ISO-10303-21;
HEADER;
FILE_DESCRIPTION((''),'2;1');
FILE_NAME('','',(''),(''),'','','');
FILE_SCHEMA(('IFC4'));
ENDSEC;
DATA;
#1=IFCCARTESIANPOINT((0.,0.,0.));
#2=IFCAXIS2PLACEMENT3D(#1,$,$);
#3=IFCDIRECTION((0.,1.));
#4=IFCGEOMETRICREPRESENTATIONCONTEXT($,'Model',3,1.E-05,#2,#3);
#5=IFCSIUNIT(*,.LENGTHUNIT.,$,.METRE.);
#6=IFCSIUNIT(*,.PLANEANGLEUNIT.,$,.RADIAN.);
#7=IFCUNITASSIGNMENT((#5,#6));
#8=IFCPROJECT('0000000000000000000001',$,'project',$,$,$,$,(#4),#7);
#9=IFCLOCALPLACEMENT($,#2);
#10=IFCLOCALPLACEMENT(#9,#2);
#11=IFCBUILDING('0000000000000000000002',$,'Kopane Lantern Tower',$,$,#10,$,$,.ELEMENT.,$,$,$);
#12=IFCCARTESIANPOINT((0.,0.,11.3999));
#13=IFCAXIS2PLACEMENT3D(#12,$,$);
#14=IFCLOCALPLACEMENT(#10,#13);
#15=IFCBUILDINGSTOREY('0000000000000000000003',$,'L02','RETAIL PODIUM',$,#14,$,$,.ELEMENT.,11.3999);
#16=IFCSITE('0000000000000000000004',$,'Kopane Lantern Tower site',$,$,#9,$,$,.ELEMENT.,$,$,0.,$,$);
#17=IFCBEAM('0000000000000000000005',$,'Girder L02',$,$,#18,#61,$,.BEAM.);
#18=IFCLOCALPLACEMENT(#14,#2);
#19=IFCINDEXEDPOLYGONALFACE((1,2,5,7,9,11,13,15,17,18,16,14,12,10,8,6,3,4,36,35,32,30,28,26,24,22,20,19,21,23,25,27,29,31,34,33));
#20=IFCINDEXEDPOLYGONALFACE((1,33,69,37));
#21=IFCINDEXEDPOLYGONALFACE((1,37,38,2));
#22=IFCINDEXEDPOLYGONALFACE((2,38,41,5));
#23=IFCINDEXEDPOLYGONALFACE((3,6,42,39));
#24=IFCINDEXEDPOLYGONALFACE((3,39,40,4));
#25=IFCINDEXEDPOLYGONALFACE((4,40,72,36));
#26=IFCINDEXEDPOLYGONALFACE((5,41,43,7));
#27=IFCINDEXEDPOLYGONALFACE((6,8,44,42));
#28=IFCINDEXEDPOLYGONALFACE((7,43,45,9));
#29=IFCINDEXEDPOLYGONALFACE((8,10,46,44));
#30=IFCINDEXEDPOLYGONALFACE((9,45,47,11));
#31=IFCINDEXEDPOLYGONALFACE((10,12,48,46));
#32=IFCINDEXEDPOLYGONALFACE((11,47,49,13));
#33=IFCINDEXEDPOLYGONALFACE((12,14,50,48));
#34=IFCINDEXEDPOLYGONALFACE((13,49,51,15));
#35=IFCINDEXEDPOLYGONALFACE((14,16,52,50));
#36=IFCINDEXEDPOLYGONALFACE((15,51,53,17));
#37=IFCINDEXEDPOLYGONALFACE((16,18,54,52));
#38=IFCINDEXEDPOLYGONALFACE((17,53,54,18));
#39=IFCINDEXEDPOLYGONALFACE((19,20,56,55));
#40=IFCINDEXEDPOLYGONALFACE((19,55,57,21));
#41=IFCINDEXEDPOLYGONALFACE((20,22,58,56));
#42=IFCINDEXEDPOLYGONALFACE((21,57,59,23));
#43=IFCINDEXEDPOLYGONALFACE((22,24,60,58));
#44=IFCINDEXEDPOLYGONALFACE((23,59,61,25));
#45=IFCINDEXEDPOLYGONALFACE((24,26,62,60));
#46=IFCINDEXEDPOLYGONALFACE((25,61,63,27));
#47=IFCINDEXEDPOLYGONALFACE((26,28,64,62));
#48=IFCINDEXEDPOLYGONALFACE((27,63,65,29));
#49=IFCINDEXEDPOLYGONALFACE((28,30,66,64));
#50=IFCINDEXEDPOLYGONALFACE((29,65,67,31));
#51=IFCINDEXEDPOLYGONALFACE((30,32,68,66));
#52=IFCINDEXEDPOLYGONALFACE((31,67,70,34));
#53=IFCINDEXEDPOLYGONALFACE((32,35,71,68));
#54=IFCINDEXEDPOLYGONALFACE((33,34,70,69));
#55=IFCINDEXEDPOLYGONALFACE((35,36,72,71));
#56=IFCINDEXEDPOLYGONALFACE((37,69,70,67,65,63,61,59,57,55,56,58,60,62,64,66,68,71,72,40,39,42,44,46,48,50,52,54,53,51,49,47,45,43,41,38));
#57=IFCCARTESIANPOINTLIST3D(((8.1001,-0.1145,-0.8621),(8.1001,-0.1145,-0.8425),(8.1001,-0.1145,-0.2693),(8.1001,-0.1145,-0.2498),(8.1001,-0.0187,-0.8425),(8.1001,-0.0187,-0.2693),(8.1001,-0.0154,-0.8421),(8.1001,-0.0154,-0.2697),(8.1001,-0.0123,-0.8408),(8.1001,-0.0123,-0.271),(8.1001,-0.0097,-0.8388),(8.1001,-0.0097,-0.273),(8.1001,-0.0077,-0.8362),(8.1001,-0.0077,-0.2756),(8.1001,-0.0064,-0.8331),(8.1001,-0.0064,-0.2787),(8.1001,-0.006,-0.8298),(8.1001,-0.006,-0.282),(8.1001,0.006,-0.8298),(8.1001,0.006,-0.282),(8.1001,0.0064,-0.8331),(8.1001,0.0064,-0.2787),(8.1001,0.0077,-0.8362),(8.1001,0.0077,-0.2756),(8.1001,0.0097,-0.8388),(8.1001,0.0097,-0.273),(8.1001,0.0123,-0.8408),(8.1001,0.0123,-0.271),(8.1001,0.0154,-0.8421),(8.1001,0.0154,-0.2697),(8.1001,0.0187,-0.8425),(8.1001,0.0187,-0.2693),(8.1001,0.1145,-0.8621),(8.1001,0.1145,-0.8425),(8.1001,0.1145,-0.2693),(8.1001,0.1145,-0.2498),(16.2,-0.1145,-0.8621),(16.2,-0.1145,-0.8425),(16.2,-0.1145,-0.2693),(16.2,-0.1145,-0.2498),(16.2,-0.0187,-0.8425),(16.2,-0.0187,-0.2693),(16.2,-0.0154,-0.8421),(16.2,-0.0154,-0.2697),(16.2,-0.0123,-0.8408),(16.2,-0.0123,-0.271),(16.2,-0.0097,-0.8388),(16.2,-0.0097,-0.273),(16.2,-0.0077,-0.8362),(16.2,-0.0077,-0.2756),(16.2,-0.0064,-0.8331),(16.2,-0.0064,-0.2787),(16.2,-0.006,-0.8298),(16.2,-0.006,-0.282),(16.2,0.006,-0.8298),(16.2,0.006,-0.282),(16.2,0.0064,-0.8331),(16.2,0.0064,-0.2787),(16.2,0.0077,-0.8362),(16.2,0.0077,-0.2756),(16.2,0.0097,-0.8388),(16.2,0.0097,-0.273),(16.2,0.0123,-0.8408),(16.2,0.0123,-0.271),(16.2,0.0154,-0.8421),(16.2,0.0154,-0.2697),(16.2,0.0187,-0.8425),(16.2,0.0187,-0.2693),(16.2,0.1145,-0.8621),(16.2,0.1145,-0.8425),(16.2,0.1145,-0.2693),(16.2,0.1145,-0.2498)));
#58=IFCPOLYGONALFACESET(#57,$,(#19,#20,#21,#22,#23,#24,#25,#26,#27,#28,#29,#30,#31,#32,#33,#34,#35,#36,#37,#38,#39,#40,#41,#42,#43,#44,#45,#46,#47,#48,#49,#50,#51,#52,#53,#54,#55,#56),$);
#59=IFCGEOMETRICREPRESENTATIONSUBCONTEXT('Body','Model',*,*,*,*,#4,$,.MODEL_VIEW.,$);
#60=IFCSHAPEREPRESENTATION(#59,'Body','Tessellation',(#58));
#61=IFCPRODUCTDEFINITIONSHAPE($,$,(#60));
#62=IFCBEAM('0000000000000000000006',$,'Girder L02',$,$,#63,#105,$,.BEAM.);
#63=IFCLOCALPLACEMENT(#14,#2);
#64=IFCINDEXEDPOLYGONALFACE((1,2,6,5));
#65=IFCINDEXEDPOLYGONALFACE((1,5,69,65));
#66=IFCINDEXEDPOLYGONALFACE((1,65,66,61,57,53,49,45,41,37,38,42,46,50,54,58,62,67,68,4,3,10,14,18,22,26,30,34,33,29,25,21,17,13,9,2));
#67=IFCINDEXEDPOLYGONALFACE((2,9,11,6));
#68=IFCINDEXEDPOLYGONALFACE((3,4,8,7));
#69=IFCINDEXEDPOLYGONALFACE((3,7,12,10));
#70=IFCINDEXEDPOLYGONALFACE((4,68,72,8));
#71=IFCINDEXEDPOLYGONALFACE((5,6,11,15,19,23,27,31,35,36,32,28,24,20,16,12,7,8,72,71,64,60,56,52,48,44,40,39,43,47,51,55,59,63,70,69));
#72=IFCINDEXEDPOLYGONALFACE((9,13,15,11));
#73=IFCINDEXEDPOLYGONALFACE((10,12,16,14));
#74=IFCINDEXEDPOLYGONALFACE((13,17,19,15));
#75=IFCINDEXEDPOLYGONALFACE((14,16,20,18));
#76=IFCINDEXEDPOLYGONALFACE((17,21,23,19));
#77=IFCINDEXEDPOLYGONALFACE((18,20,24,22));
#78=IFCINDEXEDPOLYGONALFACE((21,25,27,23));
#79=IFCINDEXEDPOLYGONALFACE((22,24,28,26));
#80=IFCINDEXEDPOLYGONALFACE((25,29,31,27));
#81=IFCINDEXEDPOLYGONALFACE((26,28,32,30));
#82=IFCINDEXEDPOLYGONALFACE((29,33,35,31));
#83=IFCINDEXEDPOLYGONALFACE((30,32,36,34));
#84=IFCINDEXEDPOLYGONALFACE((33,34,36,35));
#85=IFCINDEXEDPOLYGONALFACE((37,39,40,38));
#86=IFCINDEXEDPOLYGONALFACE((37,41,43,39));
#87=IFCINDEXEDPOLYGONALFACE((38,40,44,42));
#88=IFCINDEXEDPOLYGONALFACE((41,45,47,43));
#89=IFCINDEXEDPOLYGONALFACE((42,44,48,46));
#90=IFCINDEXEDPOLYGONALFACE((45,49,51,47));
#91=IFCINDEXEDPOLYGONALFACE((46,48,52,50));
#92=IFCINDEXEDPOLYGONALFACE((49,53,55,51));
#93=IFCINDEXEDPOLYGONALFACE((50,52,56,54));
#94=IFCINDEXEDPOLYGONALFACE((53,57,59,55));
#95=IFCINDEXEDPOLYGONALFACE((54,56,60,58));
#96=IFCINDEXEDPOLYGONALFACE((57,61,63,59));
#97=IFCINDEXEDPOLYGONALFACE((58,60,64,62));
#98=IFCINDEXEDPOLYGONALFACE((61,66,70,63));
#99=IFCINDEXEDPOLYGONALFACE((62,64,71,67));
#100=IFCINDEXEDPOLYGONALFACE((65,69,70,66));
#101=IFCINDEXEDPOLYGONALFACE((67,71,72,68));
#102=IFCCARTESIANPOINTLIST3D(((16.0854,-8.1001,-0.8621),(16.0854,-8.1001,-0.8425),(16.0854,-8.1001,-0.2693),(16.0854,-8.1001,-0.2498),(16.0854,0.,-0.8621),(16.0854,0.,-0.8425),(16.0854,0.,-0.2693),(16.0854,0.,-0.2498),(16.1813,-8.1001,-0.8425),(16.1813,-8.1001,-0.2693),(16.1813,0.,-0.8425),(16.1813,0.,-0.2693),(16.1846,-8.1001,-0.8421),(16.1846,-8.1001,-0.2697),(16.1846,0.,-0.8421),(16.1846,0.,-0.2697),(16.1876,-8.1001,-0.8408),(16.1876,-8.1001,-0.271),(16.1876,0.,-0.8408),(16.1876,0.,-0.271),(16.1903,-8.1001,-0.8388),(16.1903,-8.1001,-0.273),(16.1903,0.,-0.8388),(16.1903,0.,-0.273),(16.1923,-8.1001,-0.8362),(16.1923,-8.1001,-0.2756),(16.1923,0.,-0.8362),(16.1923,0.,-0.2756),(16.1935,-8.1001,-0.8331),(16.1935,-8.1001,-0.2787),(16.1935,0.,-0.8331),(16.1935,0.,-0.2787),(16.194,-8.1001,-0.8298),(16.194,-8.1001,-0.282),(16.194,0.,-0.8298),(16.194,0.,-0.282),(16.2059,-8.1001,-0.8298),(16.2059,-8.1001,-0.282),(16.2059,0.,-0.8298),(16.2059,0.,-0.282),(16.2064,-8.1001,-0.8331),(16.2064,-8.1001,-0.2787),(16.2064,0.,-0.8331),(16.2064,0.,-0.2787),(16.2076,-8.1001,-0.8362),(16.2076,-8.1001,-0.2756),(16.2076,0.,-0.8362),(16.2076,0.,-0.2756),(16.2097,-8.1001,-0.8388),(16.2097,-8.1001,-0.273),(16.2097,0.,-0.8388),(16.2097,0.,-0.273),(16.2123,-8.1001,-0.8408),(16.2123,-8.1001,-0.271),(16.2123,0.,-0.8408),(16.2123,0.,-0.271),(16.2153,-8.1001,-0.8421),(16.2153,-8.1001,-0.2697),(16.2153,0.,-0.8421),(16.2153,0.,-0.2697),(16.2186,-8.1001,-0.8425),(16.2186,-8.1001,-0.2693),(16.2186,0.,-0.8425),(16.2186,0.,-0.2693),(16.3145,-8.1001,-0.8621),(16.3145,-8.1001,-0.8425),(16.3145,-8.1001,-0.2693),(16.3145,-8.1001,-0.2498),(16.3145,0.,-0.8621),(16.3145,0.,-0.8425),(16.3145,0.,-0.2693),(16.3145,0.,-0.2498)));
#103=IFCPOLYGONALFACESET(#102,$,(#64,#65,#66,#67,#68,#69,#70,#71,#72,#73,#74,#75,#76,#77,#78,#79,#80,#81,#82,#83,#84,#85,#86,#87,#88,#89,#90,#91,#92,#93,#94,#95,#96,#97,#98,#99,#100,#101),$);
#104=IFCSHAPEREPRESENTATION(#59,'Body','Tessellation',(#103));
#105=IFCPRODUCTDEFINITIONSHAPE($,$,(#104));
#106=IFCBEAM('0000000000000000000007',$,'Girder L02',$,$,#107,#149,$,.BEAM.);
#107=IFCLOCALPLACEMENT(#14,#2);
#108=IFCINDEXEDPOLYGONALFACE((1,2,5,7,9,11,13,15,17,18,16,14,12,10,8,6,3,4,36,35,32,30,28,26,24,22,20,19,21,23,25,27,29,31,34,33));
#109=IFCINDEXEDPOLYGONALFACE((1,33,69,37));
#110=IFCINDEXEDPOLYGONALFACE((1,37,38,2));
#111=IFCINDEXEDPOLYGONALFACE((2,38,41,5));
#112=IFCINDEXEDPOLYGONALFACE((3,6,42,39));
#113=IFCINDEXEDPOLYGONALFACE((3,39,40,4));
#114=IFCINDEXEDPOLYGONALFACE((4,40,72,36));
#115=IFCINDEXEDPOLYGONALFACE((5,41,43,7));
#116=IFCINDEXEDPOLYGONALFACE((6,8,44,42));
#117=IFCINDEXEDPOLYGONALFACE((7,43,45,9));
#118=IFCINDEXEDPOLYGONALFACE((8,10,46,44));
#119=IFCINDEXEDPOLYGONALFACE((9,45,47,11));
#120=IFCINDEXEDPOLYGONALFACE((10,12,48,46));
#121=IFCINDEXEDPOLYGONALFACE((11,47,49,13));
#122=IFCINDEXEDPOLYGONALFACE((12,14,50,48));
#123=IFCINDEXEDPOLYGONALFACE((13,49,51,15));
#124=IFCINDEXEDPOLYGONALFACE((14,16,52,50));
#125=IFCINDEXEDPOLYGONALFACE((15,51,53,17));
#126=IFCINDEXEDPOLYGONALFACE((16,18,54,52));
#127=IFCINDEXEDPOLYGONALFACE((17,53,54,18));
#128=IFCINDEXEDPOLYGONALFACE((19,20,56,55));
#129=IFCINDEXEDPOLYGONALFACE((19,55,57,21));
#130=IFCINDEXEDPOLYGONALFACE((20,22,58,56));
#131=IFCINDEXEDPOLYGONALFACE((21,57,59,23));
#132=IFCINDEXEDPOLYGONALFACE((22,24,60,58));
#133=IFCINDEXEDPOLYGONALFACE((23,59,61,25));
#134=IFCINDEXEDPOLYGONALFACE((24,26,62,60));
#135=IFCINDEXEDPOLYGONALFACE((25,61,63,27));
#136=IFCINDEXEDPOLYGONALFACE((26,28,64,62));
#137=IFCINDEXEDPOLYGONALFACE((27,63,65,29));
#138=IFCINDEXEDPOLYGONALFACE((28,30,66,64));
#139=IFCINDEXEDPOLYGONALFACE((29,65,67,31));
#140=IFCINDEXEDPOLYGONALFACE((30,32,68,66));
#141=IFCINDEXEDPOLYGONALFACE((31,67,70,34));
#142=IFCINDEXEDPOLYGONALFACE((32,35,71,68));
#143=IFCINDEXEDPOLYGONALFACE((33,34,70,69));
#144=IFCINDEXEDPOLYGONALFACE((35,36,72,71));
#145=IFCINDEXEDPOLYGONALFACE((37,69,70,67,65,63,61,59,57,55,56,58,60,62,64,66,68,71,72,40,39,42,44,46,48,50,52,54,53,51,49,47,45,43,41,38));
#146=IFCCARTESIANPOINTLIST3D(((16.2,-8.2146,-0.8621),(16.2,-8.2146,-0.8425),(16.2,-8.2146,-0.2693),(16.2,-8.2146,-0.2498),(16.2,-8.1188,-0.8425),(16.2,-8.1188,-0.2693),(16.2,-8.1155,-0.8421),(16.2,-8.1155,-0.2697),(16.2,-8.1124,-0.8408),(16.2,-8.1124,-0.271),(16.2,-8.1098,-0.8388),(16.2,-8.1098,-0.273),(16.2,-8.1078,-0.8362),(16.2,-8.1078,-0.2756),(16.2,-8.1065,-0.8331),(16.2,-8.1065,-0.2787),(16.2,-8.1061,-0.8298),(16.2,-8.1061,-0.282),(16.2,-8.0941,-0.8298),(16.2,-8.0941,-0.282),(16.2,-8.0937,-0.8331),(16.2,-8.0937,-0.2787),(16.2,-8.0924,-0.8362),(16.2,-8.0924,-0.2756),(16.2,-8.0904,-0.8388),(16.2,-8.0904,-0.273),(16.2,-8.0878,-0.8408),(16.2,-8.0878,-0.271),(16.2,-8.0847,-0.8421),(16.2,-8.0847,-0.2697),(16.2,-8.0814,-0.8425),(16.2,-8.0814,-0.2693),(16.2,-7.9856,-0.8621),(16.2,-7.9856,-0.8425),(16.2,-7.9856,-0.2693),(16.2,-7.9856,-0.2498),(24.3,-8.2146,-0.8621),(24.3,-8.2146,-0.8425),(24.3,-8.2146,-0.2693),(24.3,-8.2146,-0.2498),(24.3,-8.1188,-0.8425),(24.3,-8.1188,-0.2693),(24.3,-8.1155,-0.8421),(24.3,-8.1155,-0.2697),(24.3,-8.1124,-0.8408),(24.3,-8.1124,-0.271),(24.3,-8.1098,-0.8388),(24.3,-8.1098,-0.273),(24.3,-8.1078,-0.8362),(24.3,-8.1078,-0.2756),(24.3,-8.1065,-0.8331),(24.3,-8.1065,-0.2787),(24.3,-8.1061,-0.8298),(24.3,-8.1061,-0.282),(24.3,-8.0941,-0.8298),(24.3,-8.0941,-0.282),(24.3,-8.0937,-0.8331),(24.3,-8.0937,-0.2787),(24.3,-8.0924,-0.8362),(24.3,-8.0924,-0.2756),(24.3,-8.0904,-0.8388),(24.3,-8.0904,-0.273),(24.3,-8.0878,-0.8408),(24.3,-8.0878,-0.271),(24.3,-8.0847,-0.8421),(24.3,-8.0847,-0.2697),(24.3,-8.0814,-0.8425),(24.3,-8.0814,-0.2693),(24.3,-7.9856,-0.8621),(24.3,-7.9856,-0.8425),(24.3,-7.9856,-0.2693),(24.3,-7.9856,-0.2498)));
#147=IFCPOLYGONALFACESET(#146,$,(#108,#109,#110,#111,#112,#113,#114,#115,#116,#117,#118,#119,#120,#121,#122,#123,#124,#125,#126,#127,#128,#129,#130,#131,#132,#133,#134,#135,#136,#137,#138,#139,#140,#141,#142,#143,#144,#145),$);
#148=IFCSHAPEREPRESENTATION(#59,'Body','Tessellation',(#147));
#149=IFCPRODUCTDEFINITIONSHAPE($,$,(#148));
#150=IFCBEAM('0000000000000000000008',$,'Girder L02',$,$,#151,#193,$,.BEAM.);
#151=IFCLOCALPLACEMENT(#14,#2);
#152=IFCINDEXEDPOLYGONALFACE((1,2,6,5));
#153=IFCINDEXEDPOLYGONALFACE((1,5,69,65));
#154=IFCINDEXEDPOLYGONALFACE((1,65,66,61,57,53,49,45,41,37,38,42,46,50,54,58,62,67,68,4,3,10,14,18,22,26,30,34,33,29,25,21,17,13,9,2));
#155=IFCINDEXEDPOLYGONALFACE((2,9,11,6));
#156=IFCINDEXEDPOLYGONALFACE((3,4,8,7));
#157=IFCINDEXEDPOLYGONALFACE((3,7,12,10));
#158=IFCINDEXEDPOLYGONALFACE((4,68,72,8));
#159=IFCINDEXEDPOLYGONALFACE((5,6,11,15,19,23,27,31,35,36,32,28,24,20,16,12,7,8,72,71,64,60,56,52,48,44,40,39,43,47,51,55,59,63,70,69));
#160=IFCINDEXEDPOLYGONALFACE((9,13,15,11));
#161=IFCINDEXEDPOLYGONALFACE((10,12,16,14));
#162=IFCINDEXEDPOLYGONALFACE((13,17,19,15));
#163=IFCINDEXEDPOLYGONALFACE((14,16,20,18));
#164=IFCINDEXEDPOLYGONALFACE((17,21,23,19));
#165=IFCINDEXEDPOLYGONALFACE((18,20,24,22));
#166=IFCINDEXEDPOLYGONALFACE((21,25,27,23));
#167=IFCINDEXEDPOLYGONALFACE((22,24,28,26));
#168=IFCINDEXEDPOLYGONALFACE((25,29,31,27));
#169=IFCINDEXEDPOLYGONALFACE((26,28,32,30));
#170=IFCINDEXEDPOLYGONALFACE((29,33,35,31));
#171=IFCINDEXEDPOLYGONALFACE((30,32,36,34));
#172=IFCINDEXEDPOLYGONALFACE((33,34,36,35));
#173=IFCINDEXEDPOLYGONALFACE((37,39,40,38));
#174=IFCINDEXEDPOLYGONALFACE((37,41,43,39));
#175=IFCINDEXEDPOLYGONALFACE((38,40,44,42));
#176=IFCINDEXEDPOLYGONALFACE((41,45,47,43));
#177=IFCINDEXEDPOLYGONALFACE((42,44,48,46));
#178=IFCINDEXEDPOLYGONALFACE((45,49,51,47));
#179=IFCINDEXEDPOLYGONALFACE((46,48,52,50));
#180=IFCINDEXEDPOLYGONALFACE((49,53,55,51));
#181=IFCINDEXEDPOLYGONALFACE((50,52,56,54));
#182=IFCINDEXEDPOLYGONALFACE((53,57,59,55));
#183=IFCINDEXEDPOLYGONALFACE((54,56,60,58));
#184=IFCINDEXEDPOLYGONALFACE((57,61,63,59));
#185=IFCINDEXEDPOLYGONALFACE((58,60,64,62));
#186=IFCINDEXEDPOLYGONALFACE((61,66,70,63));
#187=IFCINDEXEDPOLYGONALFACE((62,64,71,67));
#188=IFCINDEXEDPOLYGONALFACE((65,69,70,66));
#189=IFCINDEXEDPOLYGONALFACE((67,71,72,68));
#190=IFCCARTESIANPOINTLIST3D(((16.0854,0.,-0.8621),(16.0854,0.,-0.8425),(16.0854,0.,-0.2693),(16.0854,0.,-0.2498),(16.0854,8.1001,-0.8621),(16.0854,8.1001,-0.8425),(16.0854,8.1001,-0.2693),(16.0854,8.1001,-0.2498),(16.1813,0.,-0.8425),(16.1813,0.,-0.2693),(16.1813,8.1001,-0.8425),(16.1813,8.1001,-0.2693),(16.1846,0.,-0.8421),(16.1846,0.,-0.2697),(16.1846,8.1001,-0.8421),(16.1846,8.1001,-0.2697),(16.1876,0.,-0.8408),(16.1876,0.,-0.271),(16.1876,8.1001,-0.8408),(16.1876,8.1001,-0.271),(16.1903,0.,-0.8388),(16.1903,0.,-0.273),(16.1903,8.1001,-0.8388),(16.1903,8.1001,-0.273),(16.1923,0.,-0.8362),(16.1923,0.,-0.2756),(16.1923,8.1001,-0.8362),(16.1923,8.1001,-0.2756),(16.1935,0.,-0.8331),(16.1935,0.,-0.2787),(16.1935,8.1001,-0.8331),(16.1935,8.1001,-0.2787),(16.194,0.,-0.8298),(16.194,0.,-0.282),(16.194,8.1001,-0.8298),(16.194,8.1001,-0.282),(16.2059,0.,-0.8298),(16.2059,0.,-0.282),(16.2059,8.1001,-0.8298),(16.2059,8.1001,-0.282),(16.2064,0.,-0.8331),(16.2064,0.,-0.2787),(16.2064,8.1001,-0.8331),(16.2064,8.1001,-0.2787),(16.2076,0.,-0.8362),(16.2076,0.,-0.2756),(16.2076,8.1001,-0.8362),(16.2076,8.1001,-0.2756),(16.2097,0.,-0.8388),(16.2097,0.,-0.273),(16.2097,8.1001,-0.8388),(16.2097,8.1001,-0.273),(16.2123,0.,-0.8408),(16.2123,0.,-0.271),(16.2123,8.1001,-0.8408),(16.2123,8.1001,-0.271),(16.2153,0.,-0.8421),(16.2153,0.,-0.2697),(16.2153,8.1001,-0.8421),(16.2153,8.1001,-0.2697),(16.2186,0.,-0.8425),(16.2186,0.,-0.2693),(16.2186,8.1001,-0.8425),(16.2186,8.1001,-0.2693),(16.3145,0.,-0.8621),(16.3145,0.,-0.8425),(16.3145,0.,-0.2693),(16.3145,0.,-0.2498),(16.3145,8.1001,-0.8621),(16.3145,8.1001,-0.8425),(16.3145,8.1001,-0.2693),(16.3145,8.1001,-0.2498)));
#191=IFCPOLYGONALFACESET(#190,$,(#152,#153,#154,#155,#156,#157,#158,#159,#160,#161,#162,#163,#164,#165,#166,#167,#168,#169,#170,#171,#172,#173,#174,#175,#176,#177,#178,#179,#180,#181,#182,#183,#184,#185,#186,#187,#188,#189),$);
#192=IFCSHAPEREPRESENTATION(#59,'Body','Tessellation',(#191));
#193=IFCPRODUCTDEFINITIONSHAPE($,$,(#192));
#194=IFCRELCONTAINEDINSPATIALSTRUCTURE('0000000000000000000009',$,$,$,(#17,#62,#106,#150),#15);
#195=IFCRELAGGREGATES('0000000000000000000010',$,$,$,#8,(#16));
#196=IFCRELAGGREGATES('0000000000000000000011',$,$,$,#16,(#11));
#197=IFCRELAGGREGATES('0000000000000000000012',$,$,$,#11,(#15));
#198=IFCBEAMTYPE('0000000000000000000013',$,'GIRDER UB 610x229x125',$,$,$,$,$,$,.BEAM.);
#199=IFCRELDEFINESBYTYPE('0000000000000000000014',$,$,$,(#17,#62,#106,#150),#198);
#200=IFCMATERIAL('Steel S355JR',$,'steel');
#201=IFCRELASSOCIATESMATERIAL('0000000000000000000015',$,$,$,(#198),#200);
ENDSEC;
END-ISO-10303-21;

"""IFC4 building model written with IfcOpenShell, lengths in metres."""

from ifc_helpers import new_model, si_unit, direction, frame, origin, origin_2d, place, context, subcontext, project, spatial, i_section, extrude, material, material_profile, profile_set, type_object, element, save


model = new_model("IFC4")

# Units and contexts
model_context = context("Model", 3, precision=1e-05, world=origin(), true_north=direction((0.0, 1.0)))
body_context = subcontext(model_context, "Body", "Model", "MODEL_VIEW")
ifc_project = project(units=[si_unit("LENGTHUNIT", "METRE"), si_unit("PLANEANGLEUNIT", "RADIAN")], contexts=[model_context])

# Site, building, storey
site_placement = place(None, origin())
site = spatial("IfcSite", under=ifc_project, at=site_placement, Name="Kopane Lantern Tower site", CompositionType="ELEMENT", RefElevation=0.0)
building_placement = place(site_placement, origin())
building = spatial("IfcBuilding", under=site, at=building_placement, Name="Kopane Lantern Tower", CompositionType="ELEMENT")
storey_placement = place(building_placement, frame((0.0, 0.0, 11.3999)))
storey = spatial("IfcBuildingStorey", under=building, at=storey_placement, Name="L02", Description="RETAIL PODIUM", CompositionType="ELEMENT", Elevation=11.3999)

# Beams
ifc_material_1 = material(Name="Steel S355JR", Category="steel")
ifc_material_profile_1 = material_profile(ifc_material_1, i_section(OverallWidth=0.229, OverallDepth=0.6123, WebThickness=0.012, FlangeThickness=0.0195, FilletRadius=0.0127, at=origin_2d()), Name="UB 610x229x125")
ifc_profile_set_1 = profile_set([ifc_material_profile_1], Name="Steel S355JR")
beam_type = type_object("IfcBeamType", Name="GIRDER UB 610x229x125", PredefinedType="BEAM", material=ifc_profile_set_1)
beam_1_placement = place(storey_placement, frame((8.1001, 0.0, -0.5559), z_axis=(1.0, 0.0, 0.0), x_axis=(0.0, 1.0, 0.0)))
element("IfcBeam", 1, at=beam_1_placement, inside=storey, type_object=beam_type, Name="Girder L02", PredefinedType="BEAM", context=body_context, shape_type="SweptSolid", body=[
    extrude(i_section(OverallWidth=0.229, OverallDepth=0.6123, WebThickness=0.012, FlangeThickness=0.0195, FilletRadius=0.0127, at=origin_2d()), origin(), (0.0, 0.0, 1.0), 8.0999),
])
for number, where, z_axis, x_axis, name in (
    (2, (16.2, -8.1001, -0.5559), (0.0, 1.0, 0.0), (-1.0, 0.0, 0.0), "Girder L02"),
    (3, (16.2, -8.1001, -0.5559), (1.0, 0.0, 0.0), (0.0, 1.0, 0.0), "Girder L02"),
    (4, (16.2, 0.0, -0.5559), (0.0, 1.0, 0.0), (-1.0, 0.0, 0.0), "Girder L02"),
):
    element("IfcBeam", number, at=place(storey_placement, frame(where, z_axis=z_axis, x_axis=x_axis)), inside=storey, type_object=beam_type, Name=name, PredefinedType="BEAM", context=body_context, shape_type="SweptSolid", body=[
        extrude(i_section(OverallWidth=0.229, OverallDepth=0.6123, WebThickness=0.012, FlangeThickness=0.0195, FilletRadius=0.0127, at=origin_2d()), origin(), (0.0, 0.0, 1.0), 8.1001),
    ])

save(model, "model.ifc")
